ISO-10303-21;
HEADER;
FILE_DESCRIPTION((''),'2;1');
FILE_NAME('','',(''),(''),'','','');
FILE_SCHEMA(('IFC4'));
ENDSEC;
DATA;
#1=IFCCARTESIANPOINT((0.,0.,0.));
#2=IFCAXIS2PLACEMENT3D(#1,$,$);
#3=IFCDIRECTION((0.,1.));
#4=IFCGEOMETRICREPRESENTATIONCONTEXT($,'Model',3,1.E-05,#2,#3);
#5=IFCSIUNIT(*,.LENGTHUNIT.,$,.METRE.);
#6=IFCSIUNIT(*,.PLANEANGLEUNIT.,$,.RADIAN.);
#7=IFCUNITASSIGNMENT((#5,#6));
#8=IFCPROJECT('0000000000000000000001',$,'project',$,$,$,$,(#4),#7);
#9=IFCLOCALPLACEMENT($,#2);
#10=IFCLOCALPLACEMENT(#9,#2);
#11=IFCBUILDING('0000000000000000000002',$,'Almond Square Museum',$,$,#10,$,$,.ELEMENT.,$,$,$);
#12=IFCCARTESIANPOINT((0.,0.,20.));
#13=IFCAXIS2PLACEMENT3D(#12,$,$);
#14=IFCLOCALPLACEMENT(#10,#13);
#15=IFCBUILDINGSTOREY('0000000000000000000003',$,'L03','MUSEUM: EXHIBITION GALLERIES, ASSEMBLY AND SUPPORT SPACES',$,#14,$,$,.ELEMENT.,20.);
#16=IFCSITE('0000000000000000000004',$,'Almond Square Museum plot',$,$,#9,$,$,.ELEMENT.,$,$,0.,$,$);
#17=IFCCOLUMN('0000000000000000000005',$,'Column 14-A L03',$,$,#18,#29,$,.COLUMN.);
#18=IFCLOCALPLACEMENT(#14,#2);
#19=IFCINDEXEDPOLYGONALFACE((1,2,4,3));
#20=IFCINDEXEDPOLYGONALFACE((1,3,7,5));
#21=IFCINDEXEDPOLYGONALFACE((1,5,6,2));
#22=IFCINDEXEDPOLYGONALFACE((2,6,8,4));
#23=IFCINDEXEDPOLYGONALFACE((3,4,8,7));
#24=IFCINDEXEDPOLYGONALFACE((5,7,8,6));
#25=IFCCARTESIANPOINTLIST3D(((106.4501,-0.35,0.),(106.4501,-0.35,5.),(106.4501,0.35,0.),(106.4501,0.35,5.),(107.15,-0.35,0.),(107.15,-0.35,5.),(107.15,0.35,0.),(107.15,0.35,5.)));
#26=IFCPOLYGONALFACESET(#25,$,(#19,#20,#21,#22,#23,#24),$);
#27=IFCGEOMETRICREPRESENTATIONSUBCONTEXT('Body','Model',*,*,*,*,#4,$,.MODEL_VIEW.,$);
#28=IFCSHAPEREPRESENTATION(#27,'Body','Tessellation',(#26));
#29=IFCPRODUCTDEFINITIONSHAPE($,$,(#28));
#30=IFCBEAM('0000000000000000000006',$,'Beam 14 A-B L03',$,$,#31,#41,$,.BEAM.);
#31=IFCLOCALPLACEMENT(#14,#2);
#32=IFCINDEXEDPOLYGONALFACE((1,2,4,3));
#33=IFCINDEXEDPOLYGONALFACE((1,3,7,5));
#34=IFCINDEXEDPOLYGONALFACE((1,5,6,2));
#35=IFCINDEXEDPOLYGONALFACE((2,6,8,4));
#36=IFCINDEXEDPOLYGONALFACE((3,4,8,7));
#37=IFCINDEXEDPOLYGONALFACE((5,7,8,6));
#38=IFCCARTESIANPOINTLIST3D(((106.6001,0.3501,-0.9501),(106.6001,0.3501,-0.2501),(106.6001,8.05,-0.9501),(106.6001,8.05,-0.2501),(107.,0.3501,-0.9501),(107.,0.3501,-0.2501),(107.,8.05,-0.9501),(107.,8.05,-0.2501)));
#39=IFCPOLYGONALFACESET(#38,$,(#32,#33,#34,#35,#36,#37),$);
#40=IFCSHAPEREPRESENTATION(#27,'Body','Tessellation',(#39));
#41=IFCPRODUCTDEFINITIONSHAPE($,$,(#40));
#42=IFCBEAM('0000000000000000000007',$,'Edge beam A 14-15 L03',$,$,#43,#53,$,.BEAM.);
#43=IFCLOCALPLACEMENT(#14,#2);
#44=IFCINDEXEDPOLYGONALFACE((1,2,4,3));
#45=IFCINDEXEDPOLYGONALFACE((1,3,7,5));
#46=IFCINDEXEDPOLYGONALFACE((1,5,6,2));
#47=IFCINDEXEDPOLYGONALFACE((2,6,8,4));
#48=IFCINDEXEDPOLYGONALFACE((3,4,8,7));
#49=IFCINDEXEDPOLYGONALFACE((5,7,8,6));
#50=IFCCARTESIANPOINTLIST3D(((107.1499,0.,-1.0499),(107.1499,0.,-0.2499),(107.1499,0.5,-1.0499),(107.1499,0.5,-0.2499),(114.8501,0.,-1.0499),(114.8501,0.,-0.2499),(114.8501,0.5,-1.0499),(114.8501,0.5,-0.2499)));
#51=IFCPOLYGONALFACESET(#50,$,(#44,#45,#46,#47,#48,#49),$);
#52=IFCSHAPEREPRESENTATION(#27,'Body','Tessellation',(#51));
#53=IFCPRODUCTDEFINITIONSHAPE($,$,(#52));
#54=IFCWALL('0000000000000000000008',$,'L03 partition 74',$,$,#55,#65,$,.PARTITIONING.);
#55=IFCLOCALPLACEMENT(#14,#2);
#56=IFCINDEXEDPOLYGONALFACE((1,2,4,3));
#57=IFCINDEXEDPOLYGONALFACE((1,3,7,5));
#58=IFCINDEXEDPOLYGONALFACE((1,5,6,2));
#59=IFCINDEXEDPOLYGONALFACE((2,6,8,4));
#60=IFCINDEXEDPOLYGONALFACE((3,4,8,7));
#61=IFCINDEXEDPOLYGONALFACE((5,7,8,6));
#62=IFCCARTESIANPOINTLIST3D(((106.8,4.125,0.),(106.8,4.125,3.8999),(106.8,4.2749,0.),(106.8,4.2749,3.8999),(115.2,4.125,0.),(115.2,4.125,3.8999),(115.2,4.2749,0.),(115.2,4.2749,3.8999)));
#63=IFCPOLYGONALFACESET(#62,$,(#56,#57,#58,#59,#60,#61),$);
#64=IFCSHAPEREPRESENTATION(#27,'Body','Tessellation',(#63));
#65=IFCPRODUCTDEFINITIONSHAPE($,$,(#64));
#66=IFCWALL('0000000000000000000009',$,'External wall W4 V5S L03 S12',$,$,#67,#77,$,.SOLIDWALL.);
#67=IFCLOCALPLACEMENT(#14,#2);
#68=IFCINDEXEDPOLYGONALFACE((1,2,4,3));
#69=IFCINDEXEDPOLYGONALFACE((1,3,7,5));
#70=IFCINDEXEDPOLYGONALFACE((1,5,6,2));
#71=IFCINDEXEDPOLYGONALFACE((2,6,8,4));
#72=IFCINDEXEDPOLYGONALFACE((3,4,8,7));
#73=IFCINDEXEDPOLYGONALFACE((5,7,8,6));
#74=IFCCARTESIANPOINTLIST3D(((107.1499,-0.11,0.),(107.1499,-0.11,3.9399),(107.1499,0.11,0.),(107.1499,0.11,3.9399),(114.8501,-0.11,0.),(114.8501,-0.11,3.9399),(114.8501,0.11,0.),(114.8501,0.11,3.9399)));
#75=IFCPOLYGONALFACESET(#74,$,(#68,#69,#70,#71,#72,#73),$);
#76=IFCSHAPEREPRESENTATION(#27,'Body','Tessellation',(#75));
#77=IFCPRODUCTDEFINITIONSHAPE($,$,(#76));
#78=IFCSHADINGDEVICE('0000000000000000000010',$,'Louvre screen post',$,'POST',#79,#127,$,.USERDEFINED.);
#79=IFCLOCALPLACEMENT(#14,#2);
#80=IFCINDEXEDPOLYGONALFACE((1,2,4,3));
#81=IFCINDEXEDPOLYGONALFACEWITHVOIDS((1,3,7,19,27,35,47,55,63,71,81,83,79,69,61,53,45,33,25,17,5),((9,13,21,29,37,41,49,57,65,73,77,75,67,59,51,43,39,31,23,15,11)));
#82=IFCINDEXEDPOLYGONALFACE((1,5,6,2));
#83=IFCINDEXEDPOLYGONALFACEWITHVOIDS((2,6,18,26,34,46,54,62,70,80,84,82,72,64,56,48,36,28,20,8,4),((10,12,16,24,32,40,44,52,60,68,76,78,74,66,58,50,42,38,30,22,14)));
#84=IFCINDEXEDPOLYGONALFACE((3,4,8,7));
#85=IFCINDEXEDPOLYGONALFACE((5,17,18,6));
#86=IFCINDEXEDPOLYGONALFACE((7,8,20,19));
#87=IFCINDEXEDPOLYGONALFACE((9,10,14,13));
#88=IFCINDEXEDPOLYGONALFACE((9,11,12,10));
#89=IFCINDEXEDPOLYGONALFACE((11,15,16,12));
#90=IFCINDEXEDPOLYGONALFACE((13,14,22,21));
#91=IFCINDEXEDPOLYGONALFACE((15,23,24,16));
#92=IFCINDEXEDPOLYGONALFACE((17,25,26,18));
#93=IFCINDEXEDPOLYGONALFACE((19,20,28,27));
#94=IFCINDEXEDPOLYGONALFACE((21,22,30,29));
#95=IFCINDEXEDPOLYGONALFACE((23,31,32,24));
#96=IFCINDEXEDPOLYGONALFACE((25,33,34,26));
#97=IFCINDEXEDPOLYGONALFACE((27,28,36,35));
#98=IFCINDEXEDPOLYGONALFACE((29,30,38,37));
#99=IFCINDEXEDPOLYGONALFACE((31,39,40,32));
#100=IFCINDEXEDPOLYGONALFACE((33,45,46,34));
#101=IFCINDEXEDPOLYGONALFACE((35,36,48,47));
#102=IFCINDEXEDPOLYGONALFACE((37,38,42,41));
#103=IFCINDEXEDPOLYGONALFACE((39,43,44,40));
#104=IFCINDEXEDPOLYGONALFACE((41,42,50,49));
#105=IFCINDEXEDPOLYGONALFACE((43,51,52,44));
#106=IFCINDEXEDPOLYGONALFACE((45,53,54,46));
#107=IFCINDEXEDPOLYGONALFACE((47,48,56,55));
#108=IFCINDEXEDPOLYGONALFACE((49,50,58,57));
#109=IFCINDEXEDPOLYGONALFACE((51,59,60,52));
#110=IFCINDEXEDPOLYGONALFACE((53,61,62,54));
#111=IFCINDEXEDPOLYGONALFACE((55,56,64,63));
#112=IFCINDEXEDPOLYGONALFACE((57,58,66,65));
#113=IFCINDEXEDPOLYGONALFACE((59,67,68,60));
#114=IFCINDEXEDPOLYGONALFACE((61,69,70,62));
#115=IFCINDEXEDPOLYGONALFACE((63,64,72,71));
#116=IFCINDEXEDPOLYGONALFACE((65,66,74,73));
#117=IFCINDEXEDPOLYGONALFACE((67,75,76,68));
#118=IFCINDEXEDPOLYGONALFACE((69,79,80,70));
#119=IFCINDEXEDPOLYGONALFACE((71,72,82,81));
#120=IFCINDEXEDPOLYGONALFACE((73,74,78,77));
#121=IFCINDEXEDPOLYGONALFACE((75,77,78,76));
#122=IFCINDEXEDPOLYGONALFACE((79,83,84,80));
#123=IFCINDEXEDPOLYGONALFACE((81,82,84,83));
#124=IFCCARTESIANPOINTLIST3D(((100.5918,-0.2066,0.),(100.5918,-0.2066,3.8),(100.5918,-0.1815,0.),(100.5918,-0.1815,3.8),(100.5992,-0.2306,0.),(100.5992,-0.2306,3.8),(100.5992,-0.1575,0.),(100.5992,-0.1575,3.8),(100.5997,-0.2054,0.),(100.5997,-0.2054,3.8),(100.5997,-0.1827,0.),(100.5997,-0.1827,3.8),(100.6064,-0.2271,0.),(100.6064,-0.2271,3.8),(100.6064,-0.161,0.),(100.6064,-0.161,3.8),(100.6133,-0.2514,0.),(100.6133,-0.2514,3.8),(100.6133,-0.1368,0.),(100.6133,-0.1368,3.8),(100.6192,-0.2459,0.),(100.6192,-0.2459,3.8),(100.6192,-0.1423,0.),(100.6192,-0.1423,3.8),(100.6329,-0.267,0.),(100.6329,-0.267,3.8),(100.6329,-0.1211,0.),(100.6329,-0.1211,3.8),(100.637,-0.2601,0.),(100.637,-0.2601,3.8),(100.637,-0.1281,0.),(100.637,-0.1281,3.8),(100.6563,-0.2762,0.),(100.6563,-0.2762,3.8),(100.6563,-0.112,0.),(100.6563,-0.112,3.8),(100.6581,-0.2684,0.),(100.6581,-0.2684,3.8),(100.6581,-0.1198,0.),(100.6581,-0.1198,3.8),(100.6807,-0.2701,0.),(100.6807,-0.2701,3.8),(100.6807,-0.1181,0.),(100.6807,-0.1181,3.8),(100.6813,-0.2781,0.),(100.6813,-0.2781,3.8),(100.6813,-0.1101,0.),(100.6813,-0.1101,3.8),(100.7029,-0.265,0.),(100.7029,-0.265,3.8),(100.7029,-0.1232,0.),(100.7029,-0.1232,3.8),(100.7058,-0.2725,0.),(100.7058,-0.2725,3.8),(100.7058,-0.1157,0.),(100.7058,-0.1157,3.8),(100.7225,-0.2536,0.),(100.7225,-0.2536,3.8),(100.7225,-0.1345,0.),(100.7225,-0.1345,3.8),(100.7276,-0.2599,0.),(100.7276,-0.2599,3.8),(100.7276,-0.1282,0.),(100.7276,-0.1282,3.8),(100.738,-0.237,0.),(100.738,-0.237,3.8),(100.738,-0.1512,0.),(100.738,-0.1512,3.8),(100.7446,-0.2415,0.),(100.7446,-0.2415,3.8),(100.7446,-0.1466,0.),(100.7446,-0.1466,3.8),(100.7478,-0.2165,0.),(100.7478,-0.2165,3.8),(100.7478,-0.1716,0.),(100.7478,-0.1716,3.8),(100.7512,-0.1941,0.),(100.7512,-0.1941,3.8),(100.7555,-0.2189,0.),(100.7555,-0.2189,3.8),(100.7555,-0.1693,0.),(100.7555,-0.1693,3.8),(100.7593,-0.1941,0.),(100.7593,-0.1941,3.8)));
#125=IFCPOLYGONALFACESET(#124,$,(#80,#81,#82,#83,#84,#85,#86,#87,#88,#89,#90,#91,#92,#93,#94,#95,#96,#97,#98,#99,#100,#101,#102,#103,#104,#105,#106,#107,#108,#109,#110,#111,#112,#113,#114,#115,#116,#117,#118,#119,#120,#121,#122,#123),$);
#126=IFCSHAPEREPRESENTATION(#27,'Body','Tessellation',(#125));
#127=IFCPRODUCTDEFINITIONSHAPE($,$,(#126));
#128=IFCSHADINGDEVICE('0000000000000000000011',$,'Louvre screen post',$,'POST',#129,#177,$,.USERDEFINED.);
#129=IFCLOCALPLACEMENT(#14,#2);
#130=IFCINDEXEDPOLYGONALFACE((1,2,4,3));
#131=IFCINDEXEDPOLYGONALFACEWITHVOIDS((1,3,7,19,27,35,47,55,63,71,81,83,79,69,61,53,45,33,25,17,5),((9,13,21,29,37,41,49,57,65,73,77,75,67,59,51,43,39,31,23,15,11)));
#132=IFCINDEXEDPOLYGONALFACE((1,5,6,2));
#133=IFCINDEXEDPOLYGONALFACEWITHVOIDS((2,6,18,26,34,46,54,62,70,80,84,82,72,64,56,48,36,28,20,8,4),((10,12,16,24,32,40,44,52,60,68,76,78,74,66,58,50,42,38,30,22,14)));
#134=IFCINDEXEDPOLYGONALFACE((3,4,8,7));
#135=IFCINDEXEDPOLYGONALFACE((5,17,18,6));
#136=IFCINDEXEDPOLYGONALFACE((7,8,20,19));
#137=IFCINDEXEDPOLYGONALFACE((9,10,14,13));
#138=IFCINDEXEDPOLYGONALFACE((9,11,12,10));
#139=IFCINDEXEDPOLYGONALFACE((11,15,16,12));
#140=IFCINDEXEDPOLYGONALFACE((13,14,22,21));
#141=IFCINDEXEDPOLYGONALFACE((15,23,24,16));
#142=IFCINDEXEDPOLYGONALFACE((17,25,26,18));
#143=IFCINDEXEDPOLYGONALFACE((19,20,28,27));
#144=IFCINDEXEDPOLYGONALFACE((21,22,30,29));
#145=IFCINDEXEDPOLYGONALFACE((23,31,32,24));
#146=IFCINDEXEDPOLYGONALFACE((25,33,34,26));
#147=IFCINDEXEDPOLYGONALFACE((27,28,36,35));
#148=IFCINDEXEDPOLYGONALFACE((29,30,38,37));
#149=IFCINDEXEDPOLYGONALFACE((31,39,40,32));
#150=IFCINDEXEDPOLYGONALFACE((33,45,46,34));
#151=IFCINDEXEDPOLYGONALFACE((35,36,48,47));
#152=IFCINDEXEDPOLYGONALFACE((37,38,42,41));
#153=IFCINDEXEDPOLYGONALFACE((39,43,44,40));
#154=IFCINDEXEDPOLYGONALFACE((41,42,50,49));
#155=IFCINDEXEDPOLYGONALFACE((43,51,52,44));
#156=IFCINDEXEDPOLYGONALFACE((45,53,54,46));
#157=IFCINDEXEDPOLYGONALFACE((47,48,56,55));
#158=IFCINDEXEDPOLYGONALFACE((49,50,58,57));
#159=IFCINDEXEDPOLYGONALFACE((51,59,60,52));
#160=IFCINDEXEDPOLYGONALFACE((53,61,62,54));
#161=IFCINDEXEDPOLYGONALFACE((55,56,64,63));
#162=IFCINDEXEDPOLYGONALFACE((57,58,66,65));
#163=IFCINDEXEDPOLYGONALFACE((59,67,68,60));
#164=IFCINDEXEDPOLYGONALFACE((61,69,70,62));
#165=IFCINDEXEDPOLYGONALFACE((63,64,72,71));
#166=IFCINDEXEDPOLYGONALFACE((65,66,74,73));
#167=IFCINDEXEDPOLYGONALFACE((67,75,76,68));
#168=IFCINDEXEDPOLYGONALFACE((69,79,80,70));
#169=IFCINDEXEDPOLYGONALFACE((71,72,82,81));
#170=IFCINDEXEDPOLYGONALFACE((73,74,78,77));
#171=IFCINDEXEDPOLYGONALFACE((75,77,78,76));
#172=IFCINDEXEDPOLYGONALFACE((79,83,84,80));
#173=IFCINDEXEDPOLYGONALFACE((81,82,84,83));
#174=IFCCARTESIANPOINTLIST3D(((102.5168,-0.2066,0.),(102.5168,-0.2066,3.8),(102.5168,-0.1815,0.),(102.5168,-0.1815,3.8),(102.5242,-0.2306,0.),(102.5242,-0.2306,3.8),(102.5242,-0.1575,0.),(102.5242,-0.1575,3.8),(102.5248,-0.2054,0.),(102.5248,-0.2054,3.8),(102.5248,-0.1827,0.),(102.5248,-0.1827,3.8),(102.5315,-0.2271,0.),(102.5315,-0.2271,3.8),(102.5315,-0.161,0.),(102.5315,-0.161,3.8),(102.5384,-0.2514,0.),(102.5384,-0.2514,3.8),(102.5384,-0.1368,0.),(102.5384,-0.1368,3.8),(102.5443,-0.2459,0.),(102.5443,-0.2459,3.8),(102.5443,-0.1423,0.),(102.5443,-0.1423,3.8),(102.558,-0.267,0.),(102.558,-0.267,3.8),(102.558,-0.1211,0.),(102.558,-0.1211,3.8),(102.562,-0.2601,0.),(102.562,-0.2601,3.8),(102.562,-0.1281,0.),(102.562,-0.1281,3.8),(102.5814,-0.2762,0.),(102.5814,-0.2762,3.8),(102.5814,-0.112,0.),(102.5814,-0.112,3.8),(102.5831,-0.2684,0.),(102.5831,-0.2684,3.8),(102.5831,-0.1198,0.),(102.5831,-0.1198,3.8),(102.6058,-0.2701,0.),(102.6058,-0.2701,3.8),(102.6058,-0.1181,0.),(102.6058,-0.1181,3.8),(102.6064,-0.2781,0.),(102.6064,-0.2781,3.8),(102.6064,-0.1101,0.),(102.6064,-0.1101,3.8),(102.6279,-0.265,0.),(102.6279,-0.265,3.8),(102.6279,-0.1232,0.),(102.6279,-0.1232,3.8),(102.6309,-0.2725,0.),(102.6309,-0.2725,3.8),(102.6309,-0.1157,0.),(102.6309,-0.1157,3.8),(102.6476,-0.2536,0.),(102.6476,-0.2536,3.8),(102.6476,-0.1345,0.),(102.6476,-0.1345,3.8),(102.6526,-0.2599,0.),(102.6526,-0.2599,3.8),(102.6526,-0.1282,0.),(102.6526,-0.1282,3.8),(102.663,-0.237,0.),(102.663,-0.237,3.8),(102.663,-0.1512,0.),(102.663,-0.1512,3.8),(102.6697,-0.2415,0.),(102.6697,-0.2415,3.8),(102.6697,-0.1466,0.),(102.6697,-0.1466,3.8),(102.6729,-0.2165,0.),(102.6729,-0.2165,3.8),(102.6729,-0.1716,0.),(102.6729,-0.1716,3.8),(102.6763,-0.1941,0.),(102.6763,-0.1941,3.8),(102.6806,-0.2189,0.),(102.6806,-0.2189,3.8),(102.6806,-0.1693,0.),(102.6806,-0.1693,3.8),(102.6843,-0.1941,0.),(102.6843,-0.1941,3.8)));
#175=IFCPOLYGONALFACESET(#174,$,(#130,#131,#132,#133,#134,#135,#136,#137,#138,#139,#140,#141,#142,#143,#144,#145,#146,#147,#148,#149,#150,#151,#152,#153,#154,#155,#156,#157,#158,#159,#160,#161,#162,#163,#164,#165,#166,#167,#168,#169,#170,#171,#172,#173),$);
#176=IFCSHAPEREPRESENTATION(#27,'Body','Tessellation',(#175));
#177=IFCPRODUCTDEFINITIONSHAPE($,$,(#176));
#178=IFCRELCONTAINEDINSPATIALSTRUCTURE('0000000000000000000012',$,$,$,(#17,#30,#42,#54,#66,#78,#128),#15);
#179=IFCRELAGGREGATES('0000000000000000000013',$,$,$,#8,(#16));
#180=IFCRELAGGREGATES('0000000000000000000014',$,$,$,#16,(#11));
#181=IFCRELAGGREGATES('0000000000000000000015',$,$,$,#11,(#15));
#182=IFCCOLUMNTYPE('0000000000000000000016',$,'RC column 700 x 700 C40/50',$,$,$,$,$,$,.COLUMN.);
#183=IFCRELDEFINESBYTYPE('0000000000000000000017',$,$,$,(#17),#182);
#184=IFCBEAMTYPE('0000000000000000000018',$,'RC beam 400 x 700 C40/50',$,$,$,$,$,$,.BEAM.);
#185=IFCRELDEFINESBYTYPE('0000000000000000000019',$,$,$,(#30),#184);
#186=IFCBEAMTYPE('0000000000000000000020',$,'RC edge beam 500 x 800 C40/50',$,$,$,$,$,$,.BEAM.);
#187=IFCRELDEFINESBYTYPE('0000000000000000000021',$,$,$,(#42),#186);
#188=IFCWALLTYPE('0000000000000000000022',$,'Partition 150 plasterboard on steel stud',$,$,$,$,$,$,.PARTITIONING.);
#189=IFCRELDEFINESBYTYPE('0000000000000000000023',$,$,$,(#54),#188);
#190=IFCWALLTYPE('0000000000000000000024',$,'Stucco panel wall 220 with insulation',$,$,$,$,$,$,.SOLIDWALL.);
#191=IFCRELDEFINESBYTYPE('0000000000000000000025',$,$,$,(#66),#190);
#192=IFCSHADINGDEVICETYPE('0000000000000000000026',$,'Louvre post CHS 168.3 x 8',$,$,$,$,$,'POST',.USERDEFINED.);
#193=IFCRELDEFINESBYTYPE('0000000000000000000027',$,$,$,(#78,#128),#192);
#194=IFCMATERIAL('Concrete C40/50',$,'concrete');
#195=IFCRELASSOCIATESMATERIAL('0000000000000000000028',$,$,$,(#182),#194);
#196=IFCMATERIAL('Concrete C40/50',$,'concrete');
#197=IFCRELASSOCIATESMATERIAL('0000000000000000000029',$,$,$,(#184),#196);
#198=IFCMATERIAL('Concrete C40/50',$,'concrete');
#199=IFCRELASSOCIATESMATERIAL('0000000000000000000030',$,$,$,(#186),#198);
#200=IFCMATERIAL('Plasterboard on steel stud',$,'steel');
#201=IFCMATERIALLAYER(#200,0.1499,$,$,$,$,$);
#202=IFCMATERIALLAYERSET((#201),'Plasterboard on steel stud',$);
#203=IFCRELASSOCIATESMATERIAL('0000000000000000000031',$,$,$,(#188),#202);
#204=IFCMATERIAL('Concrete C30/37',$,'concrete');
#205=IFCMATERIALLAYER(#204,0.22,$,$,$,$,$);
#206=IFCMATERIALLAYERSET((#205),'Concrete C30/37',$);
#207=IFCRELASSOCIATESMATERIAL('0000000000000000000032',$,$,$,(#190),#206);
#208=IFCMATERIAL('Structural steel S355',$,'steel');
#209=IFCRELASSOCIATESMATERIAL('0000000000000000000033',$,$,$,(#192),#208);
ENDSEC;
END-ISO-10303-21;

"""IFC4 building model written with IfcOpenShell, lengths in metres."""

from ifc_helpers import new_model, si_unit, direction, frame, frame_2d, origin, origin_2d, place, context, subcontext, project, spatial, rectangle, hollow_circle, extrude, material, layer, layer_set, material_profile, profile_set, type_object, element, save


model = new_model("IFC4")

# Units and contexts
model_context = context("Model", 3, precision=1e-05, world=origin(), true_north=direction((0.0, 1.0)))
body_context = subcontext(model_context, "Body", "Model", "MODEL_VIEW")
ifc_project = project(units=[si_unit("LENGTHUNIT", "METRE"), si_unit("PLANEANGLEUNIT", "RADIAN")], contexts=[model_context])

# Site, building, storey
site_placement = place(None, origin())
site = spatial("IfcSite", under=ifc_project, at=site_placement, Name="Almond Square Museum plot", CompositionType="ELEMENT", RefElevation=0.0)
building_placement = place(site_placement, origin())
building = spatial("IfcBuilding", under=site, at=building_placement, Name="Almond Square Museum", CompositionType="ELEMENT")
storey_placement = place(building_placement, frame((0.0, 0.0, 20.0)))
storey = spatial("IfcBuildingStorey", under=building, at=storey_placement, Name="L03", Description="MUSEUM: EXHIBITION GALLERIES, ASSEMBLY AND SUPPORT SPACES", CompositionType="ELEMENT", Elevation=20.0)

# Column
ifc_material_1 = material(Name="Concrete C40/50", Category="concrete")
ifc_material_profile_1 = material_profile(ifc_material_1, rectangle(XDim=0.7, YDim=0.7, at=origin_2d()))
ifc_profile_set_1 = profile_set([ifc_material_profile_1], Name="Concrete C40/50")
column_type = type_object("IfcColumnType", Name="RC column 700 x 700 C40/50", PredefinedType="COLUMN", material=ifc_profile_set_1)
column_placement = place(storey_placement, frame((106.8, 0.0, 0.0), z_axis=(0.0, 0.0, 1.0), x_axis=(1.0, 0.0, 0.0)))
element("IfcColumn", 1, at=column_placement, inside=storey, type_object=column_type, Name="Column 14-A L03", PredefinedType="COLUMN", context=body_context, shape_type="SweptSolid", body=[
    extrude(rectangle(XDim=0.7, YDim=0.7, at=origin_2d()), origin(), (0.0, 0.0, 1.0), 5.0),
])

# Beams
ifc_material_2 = material(Name="Concrete C40/50", Category="concrete")
ifc_material_profile_2 = material_profile(ifc_material_2, rectangle(XDim=0.3999, YDim=0.7, at=origin_2d()))
ifc_profile_set_2 = profile_set([ifc_material_profile_2], Name="Concrete C40/50")
beam_type_1 = type_object("IfcBeamType", Name="RC beam 400 x 700 C40/50", PredefinedType="BEAM", material=ifc_profile_set_2)
beam_1_placement = place(storey_placement, frame((106.8, 0.3501, -0.6001), z_axis=(0.0, 1.0, 0.0), x_axis=(-1.0, 0.0, 0.0)))
element("IfcBeam", 2, at=beam_1_placement, inside=storey, type_object=beam_type_1, Name="Beam 14 A-B L03", PredefinedType="BEAM", context=body_context, shape_type="SweptSolid", body=[
    extrude(rectangle(XDim=0.3999, YDim=0.7, at=origin_2d()), origin(), (0.0, 0.0, 1.0), 7.7),
])
ifc_material_3 = material(Name="Concrete C40/50", Category="concrete")
ifc_material_profile_3 = material_profile(ifc_material_3, rectangle(XDim=0.5, YDim=0.8, at=origin_2d()))
ifc_profile_set_3 = profile_set([ifc_material_profile_3], Name="Concrete C40/50")
beam_type_2 = type_object("IfcBeamType", Name="RC edge beam 500 x 800 C40/50", PredefinedType="BEAM", material=ifc_profile_set_3)
beam_2_placement = place(storey_placement, frame((107.1499, 0.25, -0.6499), z_axis=(1.0, 0.0, 0.0), x_axis=(0.0, 1.0, 0.0)))
element("IfcBeam", 3, at=beam_2_placement, inside=storey, type_object=beam_type_2, Name="Edge beam A 14-15 L03", PredefinedType="BEAM", context=body_context, shape_type="SweptSolid", body=[
    extrude(rectangle(XDim=0.5, YDim=0.8, at=origin_2d()), origin(), (0.0, 0.0, 1.0), 7.7002),
])

# Walls
ifc_material_4 = material(Name="Plasterboard on steel stud", Category="steel")
ifc_layer_1 = layer(ifc_material_4, 0.1499)
ifc_layer_set_1 = layer_set([ifc_layer_1], Name="Plasterboard on steel stud")
wall_type_1 = type_object("IfcWallType", Name="Partition 150 plasterboard on steel stud", PredefinedType="PARTITIONING", material=ifc_layer_set_1)
wall_1_placement = place(storey_placement, frame((106.8, 4.2, 0.0), z_axis=(0.0, 0.0, 1.0), x_axis=(1.0, 0.0, 0.0)))
element("IfcWall", 4, at=wall_1_placement, inside=storey, type_object=wall_type_1, Name="L03 partition 74", PredefinedType="PARTITIONING", context=body_context, shape_type="SweptSolid", body=[
    extrude(rectangle(XDim=8.3999, YDim=0.1499, at=frame_2d((4.2, 0.0))), origin(), (0.0, 0.0, 1.0), 3.8999),
])
ifc_material_5 = material(Name="Concrete C30/37", Category="concrete")
ifc_layer_2 = layer(ifc_material_5, 0.22)
ifc_layer_set_2 = layer_set([ifc_layer_2], Name="Concrete C30/37")
wall_type_2 = type_object("IfcWallType", Name="Stucco panel wall 220 with insulation", PredefinedType="SOLIDWALL", material=ifc_layer_set_2)
wall_2_placement = place(storey_placement, frame((107.1499, 0.0, 0.0), z_axis=(0.0, 0.0, 1.0), x_axis=(1.0, 0.0, 0.0)))
element("IfcWall", 5, at=wall_2_placement, inside=storey, type_object=wall_type_2, Name="External wall W4 V5S L03 S12", PredefinedType="SOLIDWALL", context=body_context, shape_type="SweptSolid", body=[
    extrude(rectangle(XDim=7.7002, YDim=0.22, at=frame_2d((3.8501, 0.0))), origin(), (0.0, 0.0, 1.0), 3.9399),
])

# Shading devices
ifc_material_6 = material(Name="Structural steel S355", Category="steel")
ifc_material_profile_4 = material_profile(ifc_material_6, hollow_circle(Radius=0.0842, WallThickness=0.0081, at=origin_2d()))
ifc_profile_set_4 = profile_set([ifc_material_profile_4], Name="Structural steel S355")
shading_device_type = type_object("IfcShadingDeviceType", Name="Louvre post CHS 168.3 x 8", ElementType="POST", PredefinedType="USERDEFINED", material=ifc_profile_set_4)
for number, where, z_axis, x_axis, name in (
    (6, (100.675, -0.1941, 0.0), (0.0, 0.0, 1.0), (1.0, 0.0, 0.0), "Louvre screen post"),
    (7, (102.6001, -0.1941, 0.0), (0.0, 0.0, 1.0), (1.0, 0.0, 0.0), "Louvre screen post"),
):
    element("IfcShadingDevice", number, at=place(storey_placement, frame(where, z_axis=z_axis, x_axis=x_axis)), inside=storey, type_object=shading_device_type, Name=name, ObjectType="POST", PredefinedType="USERDEFINED", context=body_context, shape_type="SweptSolid", body=[
        extrude(hollow_circle(Radius=0.0842, WallThickness=0.0081, at=origin_2d()), origin(), (0.0, 0.0, 1.0), 3.8),
    ])

save(model, "model.ifc")
